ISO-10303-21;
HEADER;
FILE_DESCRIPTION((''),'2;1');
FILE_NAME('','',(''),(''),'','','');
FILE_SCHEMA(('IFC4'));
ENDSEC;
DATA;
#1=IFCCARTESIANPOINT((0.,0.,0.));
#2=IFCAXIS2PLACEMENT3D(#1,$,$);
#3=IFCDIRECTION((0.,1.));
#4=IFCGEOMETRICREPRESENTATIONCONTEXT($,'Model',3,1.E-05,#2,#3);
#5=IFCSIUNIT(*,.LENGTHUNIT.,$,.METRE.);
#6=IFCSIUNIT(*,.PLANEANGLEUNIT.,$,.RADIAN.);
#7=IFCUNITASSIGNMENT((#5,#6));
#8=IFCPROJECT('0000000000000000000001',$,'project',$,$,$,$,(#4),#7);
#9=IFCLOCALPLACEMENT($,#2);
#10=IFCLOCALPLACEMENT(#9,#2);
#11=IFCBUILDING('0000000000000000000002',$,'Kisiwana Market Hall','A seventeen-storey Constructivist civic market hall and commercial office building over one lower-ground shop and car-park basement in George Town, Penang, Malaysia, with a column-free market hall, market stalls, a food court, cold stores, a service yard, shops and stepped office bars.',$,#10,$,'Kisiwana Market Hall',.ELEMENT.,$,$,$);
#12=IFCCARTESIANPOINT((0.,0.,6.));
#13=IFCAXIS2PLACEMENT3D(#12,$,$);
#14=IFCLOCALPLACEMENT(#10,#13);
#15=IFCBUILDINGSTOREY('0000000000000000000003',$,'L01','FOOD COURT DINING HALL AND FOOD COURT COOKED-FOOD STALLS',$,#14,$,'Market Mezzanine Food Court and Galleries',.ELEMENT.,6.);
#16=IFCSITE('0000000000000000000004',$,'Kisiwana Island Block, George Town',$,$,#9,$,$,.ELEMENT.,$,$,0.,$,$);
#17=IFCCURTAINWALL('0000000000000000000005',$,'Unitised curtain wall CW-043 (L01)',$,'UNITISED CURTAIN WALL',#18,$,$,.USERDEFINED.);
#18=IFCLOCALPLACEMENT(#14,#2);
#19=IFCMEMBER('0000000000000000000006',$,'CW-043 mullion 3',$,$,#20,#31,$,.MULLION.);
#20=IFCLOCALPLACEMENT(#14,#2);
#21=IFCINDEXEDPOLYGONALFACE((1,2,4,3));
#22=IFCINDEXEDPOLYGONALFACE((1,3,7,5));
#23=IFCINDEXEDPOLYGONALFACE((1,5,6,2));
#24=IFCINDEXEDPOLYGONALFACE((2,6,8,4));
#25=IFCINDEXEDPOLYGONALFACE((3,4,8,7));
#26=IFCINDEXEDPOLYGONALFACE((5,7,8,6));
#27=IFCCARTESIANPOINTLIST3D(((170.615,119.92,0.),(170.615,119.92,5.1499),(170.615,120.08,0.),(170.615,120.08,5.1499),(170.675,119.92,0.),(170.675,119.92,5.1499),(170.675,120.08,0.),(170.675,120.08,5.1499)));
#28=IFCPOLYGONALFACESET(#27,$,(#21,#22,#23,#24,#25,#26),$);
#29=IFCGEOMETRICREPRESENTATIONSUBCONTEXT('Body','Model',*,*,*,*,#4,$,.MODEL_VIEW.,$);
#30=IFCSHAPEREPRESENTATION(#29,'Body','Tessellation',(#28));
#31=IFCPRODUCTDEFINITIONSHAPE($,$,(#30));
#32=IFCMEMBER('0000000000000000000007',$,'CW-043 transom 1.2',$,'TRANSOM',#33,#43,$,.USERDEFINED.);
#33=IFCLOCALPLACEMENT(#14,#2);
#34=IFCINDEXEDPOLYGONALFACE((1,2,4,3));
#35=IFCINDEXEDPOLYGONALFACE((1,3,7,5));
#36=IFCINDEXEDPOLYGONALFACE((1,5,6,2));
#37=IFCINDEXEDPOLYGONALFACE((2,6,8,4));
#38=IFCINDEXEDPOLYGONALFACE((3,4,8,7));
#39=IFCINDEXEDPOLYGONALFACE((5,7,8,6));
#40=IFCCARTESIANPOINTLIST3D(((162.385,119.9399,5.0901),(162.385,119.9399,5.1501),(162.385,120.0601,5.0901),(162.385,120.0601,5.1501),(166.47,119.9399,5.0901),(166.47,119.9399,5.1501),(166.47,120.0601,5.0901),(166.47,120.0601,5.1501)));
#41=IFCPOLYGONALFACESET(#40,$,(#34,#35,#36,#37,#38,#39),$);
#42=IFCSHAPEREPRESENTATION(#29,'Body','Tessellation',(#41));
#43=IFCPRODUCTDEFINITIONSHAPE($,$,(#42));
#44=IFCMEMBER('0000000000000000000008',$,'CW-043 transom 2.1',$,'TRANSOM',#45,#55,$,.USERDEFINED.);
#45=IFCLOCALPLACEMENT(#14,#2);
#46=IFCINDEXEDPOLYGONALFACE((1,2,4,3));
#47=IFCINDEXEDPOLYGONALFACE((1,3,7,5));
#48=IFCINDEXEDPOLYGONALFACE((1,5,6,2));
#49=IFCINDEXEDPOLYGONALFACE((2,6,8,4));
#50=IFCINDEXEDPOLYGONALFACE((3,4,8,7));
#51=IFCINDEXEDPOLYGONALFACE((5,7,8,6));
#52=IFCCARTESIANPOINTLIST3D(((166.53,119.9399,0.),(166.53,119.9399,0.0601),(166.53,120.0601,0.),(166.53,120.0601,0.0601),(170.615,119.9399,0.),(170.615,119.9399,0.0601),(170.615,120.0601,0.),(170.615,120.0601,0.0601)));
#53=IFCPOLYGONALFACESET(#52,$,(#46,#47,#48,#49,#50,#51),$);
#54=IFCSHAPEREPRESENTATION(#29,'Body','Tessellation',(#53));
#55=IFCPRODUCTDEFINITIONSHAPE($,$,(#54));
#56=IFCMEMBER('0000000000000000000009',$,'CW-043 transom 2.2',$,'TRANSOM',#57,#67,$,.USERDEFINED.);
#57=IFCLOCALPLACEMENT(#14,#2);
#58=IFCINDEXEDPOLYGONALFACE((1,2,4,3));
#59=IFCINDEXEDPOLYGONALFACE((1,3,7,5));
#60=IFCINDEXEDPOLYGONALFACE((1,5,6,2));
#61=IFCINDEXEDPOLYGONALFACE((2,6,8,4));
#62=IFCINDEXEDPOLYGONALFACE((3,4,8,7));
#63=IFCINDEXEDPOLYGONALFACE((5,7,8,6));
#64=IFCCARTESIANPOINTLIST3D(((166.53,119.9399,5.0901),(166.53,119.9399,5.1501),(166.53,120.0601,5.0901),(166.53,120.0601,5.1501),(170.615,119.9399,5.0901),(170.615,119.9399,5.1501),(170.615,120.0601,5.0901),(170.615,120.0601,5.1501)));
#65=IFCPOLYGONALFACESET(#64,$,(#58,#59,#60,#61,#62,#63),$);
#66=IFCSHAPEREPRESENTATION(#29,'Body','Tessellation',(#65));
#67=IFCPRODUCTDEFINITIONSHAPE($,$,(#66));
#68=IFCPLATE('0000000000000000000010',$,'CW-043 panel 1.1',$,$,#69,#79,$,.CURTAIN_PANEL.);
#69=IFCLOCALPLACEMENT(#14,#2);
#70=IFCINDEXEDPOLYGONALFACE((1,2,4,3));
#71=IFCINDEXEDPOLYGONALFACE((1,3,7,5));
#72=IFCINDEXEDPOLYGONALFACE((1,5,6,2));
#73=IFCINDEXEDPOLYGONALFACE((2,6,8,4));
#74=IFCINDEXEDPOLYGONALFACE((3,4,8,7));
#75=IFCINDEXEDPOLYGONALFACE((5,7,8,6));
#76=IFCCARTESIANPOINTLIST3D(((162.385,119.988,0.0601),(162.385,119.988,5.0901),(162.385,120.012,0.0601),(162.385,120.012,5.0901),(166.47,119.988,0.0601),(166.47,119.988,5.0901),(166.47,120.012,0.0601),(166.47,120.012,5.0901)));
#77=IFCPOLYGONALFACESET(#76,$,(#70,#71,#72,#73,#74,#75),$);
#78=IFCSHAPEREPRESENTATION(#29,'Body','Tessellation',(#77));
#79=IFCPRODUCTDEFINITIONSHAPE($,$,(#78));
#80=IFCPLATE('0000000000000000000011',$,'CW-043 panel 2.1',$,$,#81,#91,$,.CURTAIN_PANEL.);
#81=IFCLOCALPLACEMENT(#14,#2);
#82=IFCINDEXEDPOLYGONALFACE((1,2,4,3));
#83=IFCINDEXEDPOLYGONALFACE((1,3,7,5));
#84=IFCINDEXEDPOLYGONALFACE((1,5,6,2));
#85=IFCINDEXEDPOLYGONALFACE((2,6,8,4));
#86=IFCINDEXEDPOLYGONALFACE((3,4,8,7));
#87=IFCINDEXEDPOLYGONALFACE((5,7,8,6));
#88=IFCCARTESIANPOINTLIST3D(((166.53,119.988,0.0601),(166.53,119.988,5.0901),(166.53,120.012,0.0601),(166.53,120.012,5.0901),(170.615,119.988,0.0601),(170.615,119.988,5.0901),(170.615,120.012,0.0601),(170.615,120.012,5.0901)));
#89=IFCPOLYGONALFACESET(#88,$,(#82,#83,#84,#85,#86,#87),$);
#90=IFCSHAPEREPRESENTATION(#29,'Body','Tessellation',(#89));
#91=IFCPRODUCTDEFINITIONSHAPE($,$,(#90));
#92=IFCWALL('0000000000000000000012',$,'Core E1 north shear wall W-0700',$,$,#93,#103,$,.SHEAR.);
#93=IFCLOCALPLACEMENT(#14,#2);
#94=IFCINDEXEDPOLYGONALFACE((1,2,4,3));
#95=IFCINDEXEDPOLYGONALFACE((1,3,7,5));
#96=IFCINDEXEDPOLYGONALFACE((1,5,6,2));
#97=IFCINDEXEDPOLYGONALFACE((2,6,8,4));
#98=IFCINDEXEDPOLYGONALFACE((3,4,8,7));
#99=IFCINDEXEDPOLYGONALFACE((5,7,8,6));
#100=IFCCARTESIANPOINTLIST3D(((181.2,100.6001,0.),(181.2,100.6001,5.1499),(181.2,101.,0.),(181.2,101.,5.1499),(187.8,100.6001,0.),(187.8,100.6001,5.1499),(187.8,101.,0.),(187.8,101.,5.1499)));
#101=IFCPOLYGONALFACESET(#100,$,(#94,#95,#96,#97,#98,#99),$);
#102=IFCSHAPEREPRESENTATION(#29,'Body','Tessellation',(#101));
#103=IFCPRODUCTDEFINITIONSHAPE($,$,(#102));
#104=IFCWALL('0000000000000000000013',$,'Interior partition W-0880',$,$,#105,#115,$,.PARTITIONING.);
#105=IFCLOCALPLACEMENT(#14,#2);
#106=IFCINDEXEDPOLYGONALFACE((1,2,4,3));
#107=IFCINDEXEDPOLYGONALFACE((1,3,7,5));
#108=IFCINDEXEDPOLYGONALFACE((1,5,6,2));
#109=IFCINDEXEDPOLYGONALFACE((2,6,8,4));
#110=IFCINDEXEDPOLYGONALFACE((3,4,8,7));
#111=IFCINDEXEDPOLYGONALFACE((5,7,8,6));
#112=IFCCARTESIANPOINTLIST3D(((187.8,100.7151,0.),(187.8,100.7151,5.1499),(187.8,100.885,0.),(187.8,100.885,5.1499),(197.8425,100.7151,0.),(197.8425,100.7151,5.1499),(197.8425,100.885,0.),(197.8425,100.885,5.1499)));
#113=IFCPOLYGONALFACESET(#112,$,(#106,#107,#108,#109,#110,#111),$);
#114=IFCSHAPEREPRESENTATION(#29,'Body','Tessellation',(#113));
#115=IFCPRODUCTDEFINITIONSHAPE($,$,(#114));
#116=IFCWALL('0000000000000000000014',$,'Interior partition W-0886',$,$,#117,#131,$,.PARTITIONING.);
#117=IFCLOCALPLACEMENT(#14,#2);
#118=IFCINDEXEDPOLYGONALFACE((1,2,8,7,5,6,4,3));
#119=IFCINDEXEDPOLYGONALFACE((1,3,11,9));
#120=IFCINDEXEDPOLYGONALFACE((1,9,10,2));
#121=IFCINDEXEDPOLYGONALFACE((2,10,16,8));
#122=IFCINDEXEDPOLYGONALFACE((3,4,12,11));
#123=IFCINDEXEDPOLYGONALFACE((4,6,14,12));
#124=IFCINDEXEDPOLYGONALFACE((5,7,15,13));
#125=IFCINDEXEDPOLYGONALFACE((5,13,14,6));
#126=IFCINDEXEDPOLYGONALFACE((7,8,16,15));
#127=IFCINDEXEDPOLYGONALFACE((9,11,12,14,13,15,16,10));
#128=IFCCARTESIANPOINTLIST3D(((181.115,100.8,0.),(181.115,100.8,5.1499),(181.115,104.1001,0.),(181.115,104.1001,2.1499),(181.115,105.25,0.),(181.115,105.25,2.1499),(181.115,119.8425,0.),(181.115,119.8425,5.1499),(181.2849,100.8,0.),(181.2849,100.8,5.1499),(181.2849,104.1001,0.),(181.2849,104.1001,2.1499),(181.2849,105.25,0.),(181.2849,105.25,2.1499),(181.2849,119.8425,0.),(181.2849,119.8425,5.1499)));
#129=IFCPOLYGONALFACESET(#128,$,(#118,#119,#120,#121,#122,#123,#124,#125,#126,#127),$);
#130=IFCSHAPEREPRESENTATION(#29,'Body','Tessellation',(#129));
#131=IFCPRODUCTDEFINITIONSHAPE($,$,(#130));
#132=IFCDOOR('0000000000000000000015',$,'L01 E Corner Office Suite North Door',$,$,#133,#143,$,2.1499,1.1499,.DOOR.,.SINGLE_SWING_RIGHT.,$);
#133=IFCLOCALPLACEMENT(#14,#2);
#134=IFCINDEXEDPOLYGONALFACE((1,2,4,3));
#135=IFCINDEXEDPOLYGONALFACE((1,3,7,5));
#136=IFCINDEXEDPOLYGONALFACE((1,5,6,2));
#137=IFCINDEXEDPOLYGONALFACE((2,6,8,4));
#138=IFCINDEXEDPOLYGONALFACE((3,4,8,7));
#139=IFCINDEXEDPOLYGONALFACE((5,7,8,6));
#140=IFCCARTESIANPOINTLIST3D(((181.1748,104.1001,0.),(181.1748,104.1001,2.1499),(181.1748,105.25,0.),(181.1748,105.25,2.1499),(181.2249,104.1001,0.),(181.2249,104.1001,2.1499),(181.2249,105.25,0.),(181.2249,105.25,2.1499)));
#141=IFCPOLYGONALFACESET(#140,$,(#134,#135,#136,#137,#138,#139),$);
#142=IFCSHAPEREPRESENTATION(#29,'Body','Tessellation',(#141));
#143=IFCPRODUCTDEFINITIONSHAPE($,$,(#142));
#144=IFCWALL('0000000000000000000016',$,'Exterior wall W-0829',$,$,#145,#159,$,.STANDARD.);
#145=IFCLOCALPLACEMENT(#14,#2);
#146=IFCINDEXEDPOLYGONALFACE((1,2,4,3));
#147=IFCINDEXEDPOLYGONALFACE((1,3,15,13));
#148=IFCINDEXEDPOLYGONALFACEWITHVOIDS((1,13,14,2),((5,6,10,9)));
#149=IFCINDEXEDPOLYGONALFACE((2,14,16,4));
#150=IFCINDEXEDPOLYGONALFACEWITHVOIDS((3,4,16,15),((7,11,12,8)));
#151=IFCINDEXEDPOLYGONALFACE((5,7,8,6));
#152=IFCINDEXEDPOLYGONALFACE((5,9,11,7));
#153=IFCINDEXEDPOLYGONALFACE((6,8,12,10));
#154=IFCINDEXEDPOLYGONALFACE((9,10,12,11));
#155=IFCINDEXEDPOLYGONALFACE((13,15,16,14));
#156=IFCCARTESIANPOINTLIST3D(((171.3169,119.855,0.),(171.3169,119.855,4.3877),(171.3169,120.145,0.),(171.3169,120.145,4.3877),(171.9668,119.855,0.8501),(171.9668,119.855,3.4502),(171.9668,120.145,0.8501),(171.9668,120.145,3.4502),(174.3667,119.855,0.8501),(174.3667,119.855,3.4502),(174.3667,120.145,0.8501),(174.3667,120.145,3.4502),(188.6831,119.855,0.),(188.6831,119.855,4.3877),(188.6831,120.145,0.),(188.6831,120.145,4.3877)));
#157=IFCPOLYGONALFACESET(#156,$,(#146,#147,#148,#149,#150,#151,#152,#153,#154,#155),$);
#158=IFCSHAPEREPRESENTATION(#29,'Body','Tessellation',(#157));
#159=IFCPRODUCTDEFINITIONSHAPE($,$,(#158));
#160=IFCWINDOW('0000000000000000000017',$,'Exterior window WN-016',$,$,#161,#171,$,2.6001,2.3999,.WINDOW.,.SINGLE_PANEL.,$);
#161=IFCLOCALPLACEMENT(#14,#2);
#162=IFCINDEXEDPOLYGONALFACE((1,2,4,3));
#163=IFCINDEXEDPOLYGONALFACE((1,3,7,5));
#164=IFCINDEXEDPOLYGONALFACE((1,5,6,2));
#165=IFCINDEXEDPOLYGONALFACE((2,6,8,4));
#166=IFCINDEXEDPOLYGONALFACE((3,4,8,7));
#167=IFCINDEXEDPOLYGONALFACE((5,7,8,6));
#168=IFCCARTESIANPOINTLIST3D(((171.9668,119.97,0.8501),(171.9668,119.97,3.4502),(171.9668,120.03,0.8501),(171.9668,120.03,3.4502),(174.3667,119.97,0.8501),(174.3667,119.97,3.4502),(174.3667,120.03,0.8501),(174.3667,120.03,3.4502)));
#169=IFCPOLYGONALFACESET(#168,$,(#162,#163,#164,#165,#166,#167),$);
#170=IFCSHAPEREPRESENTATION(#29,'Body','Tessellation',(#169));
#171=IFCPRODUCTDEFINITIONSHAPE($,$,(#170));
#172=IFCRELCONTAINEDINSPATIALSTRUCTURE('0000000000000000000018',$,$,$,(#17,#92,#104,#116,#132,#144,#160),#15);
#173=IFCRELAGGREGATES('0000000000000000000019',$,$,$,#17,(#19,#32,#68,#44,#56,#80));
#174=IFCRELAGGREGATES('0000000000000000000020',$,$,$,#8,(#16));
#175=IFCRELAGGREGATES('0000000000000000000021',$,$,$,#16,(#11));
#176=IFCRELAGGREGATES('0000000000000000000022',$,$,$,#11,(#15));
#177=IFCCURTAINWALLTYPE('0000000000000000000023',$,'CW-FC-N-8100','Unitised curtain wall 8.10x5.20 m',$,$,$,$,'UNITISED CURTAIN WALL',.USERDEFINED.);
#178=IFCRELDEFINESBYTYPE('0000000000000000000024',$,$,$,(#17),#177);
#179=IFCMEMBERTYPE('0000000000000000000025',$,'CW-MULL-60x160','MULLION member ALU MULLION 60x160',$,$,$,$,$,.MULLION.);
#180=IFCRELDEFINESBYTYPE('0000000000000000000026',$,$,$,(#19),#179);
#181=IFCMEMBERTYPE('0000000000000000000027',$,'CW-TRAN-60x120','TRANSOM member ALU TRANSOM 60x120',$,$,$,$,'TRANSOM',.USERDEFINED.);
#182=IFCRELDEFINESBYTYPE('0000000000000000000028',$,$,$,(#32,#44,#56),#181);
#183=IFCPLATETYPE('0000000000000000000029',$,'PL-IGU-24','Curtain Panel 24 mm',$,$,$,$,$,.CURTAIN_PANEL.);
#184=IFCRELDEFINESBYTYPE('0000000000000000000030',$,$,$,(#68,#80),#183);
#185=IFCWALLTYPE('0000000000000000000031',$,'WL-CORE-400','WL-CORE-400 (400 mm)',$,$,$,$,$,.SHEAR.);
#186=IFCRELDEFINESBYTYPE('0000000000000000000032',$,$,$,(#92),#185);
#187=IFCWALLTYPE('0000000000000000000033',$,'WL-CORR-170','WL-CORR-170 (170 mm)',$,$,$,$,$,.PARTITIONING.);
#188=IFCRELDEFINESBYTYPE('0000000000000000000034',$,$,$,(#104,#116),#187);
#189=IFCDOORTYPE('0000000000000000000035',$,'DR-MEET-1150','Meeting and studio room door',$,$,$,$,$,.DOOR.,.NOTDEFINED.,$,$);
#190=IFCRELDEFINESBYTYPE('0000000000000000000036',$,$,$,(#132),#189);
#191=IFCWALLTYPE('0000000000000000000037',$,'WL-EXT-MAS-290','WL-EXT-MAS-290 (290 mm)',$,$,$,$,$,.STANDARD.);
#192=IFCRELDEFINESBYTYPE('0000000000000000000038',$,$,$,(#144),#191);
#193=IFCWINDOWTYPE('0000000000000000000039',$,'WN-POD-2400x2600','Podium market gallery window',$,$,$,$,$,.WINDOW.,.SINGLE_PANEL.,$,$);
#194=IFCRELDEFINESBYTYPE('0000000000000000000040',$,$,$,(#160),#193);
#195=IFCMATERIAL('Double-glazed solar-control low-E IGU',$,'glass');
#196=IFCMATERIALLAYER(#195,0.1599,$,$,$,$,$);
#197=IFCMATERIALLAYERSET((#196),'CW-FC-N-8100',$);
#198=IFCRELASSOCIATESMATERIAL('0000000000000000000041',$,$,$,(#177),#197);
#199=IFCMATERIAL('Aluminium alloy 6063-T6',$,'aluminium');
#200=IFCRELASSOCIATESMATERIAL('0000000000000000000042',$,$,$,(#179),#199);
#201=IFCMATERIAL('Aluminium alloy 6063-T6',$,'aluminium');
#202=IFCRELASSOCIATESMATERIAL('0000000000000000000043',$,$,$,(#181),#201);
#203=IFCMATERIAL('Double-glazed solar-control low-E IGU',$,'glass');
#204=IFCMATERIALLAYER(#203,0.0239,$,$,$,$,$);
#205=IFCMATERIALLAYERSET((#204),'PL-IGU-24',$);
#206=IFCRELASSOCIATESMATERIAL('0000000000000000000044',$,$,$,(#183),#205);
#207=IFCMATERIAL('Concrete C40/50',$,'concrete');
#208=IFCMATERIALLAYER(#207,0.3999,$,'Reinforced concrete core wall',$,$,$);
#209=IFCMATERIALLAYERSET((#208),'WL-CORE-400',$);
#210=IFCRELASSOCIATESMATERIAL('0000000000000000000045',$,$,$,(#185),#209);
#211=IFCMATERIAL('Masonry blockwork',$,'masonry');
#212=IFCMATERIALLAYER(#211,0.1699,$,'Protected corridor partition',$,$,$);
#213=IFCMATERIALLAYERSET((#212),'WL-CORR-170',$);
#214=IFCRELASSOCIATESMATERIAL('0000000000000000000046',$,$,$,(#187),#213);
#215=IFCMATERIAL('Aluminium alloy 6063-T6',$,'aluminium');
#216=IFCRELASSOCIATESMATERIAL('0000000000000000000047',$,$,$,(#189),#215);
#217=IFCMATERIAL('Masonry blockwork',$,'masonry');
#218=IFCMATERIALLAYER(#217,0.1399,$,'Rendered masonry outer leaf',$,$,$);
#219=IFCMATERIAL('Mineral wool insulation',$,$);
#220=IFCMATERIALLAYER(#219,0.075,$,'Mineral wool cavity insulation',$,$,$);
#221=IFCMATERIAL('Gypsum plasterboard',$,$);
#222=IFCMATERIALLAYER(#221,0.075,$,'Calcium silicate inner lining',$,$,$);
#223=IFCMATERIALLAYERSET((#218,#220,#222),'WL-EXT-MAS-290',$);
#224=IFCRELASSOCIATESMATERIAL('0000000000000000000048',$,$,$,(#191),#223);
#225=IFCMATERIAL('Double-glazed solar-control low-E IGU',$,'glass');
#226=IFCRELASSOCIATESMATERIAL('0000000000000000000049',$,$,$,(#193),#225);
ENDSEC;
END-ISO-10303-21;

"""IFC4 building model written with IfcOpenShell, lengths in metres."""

from ifc_helpers import new_model, si_unit, direction, frame, frame_2d, origin, origin_2d, place, context, subcontext, project, spatial, rectangle, extrude, material, layer, layer_set, material_profile, profile_set, type_object, element, fill, aggregate, save


model = new_model("IFC4")

# Units and contexts
model_context = context("Model", 3, precision=1e-05, world=origin(), true_north=direction((0.0, 1.0)))
body_context = subcontext(model_context, "Body", "Model", "MODEL_VIEW")
ifc_project = project(units=[si_unit("LENGTHUNIT", "METRE"), si_unit("PLANEANGLEUNIT", "RADIAN")], contexts=[model_context])

# Site, building, storey
site_placement = place(None, origin())
site = spatial("IfcSite", under=ifc_project, at=site_placement, Name="Kisiwana Island Block, George Town", CompositionType="ELEMENT", RefElevation=0.0)
building_placement = place(site_placement, origin())
building = spatial("IfcBuilding", under=site, at=building_placement, Name="Kisiwana Market Hall", Description="A seventeen-storey Constructivist civic market hall and commercial office building over one lower-ground shop and car-park basement in George Town, Penang, Malaysia, with a column-free market hall, market stalls, a food court, cold stores, a service yard, shops and stepped office bars.", LongName="Kisiwana Market Hall", CompositionType="ELEMENT")
storey_placement = place(building_placement, frame((0.0, 0.0, 6.0)))
storey = spatial("IfcBuildingStorey", under=building, at=storey_placement, Name="L01", Description="FOOD COURT DINING HALL AND FOOD COURT COOKED-FOOD STALLS", LongName="Market Mezzanine Food Court and Galleries", CompositionType="ELEMENT", Elevation=6.0)

# Curtain wall, members, plates
ifc_material_1 = material(Name="Double-glazed solar-control low-E IGU", Category="glass")
ifc_layer_1 = layer(ifc_material_1, 0.1599)
ifc_layer_set_1 = layer_set([ifc_layer_1], Name="CW-FC-N-8100")
curtain_wall_type = type_object("IfcCurtainWallType", Name="CW-FC-N-8100", Description="Unitised curtain wall 8.10x5.20 m", ElementType="UNITISED CURTAIN WALL", PredefinedType="USERDEFINED", material=ifc_layer_set_1)
curtain_wall_placement = place(storey_placement, origin())
curtain_wall = element("IfcCurtainWall", 1, at=curtain_wall_placement, inside=storey, type_object=curtain_wall_type, Name="Unitised curtain wall CW-043 (L01)", ObjectType="UNITISED CURTAIN WALL", PredefinedType="USERDEFINED")
ifc_material_2 = material(Name="Aluminium alloy 6063-T6", Category="aluminium")
ifc_material_profile_1 = material_profile(ifc_material_2, rectangle(XDim=0.0601, YDim=0.1599, at=origin_2d()), Name="ALU MULLION 60x160")
ifc_profile_set_1 = profile_set([ifc_material_profile_1], Name="Aluminium alloy 6063-T6")
member_type_1 = type_object("IfcMemberType", Name="CW-MULL-60x160", Description="MULLION member ALU MULLION 60x160", PredefinedType="MULLION", material=ifc_profile_set_1)
member_1_placement = place(storey_placement, frame((170.645, 120.0, 0.0), z_axis=(0.0, 0.0, 1.0), x_axis=(1.0, 0.0, 0.0)))
member_1 = element("IfcMember", 2, at=member_1_placement, type_object=member_type_1, Name="CW-043 mullion 3", PredefinedType="MULLION", context=body_context, shape_type="SweptSolid", body=[
    extrude(rectangle(XDim=0.0601, YDim=0.1599, at=origin_2d()), origin(), (0.0, 0.0, 1.0), 5.1499),
])
ifc_material_3 = material(Name="Aluminium alloy 6063-T6", Category="aluminium")
ifc_material_profile_2 = material_profile(ifc_material_3, rectangle(XDim=0.1201, YDim=0.0601, at=origin_2d()), Name="ALU TRANSOM 60x120")
ifc_profile_set_2 = profile_set([ifc_material_profile_2], Name="Aluminium alloy 6063-T6")
member_type_2 = type_object("IfcMemberType", Name="CW-TRAN-60x120", Description="TRANSOM member ALU TRANSOM 60x120", ElementType="TRANSOM", PredefinedType="USERDEFINED", material=ifc_profile_set_2)
member_2_placement = place(storey_placement, frame((162.385, 120.0, 5.1201), z_axis=(1.0, 0.0, 0.0), x_axis=(0.0, 1.0, 0.0)))
member_2 = element("IfcMember", 3, at=member_2_placement, type_object=member_type_2, Name="CW-043 transom 1.2", ObjectType="TRANSOM", PredefinedType="USERDEFINED", context=body_context, shape_type="SweptSolid", body=[
    extrude(rectangle(XDim=0.1201, YDim=0.0601, at=origin_2d()), origin(), (0.0, 0.0, 1.0), 4.085),
])
member_3_placement = place(storey_placement, frame((166.53, 120.0, 0.03), z_axis=(1.0, 0.0, 0.0), x_axis=(0.0, 1.0, 0.0)))
member_3 = element("IfcMember", 4, at=member_3_placement, type_object=member_type_2, Name="CW-043 transom 2.1", ObjectType="TRANSOM", PredefinedType="USERDEFINED", context=body_context, shape_type="SweptSolid", body=[
    extrude(rectangle(XDim=0.1201, YDim=0.0601, at=origin_2d()), origin(), (0.0, 0.0, 1.0), 4.085),
])
member_4_placement = place(storey_placement, frame((166.53, 120.0, 5.1201), z_axis=(1.0, 0.0, 0.0), x_axis=(0.0, 1.0, 0.0)))
member_4 = element("IfcMember", 5, at=member_4_placement, type_object=member_type_2, Name="CW-043 transom 2.2", ObjectType="TRANSOM", PredefinedType="USERDEFINED", context=body_context, shape_type="SweptSolid", body=[
    extrude(rectangle(XDim=0.1201, YDim=0.0601, at=origin_2d()), origin(), (0.0, 0.0, 1.0), 4.085),
])
ifc_material_4 = material(Name="Double-glazed solar-control low-E IGU", Category="glass")
ifc_layer_2 = layer(ifc_material_4, 0.0239)
ifc_layer_set_2 = layer_set([ifc_layer_2], Name="PL-IGU-24")
plate_type = type_object("IfcPlateType", Name="PL-IGU-24", Description="Curtain Panel 24 mm", PredefinedType="CURTAIN_PANEL", material=ifc_layer_set_2)
plate_1_placement = place(storey_placement, frame((164.4275, 120.0, 0.0601), z_axis=(0.0, 0.0, 1.0), x_axis=(1.0, 0.0, 0.0)))
plate_1 = element("IfcPlate", 6, at=plate_1_placement, type_object=plate_type, Name="CW-043 panel 1.1", PredefinedType="CURTAIN_PANEL", context=body_context, shape_type="SweptSolid", body=[
    extrude(rectangle(XDim=4.085, YDim=0.0239, at=origin_2d()), origin(), (0.0, 0.0, 1.0), 5.03),
])
plate_2_placement = place(storey_placement, frame((168.5725, 120.0, 0.0601), z_axis=(0.0, 0.0, 1.0), x_axis=(1.0, 0.0, 0.0)))
plate_2 = element("IfcPlate", 7, at=plate_2_placement, type_object=plate_type, Name="CW-043 panel 2.1", PredefinedType="CURTAIN_PANEL", context=body_context, shape_type="SweptSolid", body=[
    extrude(rectangle(XDim=4.085, YDim=0.0239, at=origin_2d()), origin(), (0.0, 0.0, 1.0), 5.03),
])
aggregate(curtain_wall, [member_1, member_2, plate_1, member_3, member_4, plate_2])

# Walls
ifc_material_5 = material(Name="Concrete C40/50", Category="concrete")
ifc_layer_3 = layer(ifc_material_5, 0.3999, Name="Reinforced concrete core wall")
ifc_layer_set_3 = layer_set([ifc_layer_3], Name="WL-CORE-400")
wall_type_1 = type_object("IfcWallType", Name="WL-CORE-400", Description="WL-CORE-400 (400 mm)", PredefinedType="SHEAR", material=ifc_layer_set_3)
wall_1_placement = place(storey_placement, frame((181.2, 100.8, 0.0), z_axis=(0.0, 0.0, 1.0), x_axis=(1.0, 0.0, 0.0)))
element("IfcWall", 8, at=wall_1_placement, inside=storey, type_object=wall_type_1, Name="Core E1 north shear wall W-0700", PredefinedType="SHEAR", context=body_context, shape_type="SweptSolid", body=[
    extrude(rectangle(XDim=6.6001, YDim=0.3999, at=frame_2d((3.3, 0.0))), origin(), (0.0, 0.0, 1.0), 5.1499),
])
ifc_material_6 = material(Name="Masonry blockwork", Category="masonry")
ifc_layer_4 = layer(ifc_material_6, 0.1699, Name="Protected corridor partition")
ifc_layer_set_4 = layer_set([ifc_layer_4], Name="WL-CORR-170")
wall_type_2 = type_object("IfcWallType", Name="WL-CORR-170", Description="WL-CORR-170 (170 mm)", PredefinedType="PARTITIONING", material=ifc_layer_set_4)
wall_2_placement = place(storey_placement, frame((187.8, 100.8, 0.0), z_axis=(0.0, 0.0, 1.0), x_axis=(1.0, 0.0, 0.0)))
element("IfcWall", 9, at=wall_2_placement, inside=storey, type_object=wall_type_2, Name="Interior partition W-0880", PredefinedType="PARTITIONING", context=body_context, shape_type="SweptSolid", body=[
    extrude(rectangle(XDim=10.0425, YDim=0.1699, at=frame_2d((5.0212, 0.0))), origin(), (0.0, 0.0, 1.0), 5.1499),
])

# Wall, opening, door
wall_3_placement = place(storey_placement, frame((181.2, 100.8, 0.0), z_axis=(0.0, 0.0, 1.0), x_axis=(0.0, 1.0, 0.0)))
wall_3 = element("IfcWall", 10, at=wall_3_placement, inside=storey, type_object=wall_type_2, Name="Interior partition W-0886", PredefinedType="PARTITIONING", context=body_context, shape_type="SweptSolid", body=[
    extrude(rectangle(XDim=19.0425, YDim=0.1699, at=frame_2d((9.5212, 0.0))), origin(), (0.0, 0.0, 1.0), 5.1499),
])
opening_1_placement = place(wall_3_placement, frame((3.3, 0.0, 0.0)))
opening_1 = element("IfcOpeningElement", 11, at=opening_1_placement, cuts=wall_3, PredefinedType="OPENING", context=body_context, shape_type="SweptSolid", body=[
    extrude(rectangle(XDim=1.1499, YDim=2.1499, at=frame_2d((0.575, 1.075))), frame((0.0, 0.0969, 0.0), z_axis=(0.0, -1.0, 0.0), x_axis=(1.0, 0.0, 0.0)), (0.0, 0.0, 1.0), 0.1938),
])
ifc_material_7 = material(Name="Aluminium alloy 6063-T6", Category="aluminium")
door_type = type_object("IfcDoorType", Name="DR-MEET-1150", Description="Meeting and studio room door", OperationType="NOTDEFINED", PredefinedType="DOOR", material=ifc_material_7)
door_placement = place(opening_1_placement, frame((1.1499, 0.0, 0.0), z_axis=(0.0, 0.0, 1.0), x_axis=(-1.0, 0.0, 0.0)))
door = element("IfcDoor", 12, at=door_placement, inside=storey, type_object=door_type, Name="L01 E Corner Office Suite North Door", OperationType="SINGLE_SWING_RIGHT", OverallHeight=2.1499, OverallWidth=1.1499, PredefinedType="DOOR", context=body_context, shape_type="SweptSolid", body=[
    extrude(rectangle(XDim=1.1499, YDim=2.1499, at=frame_2d((0.575, 1.075))), frame((0.0, 0.0249, 0.0), z_axis=(0.0, -1.0, 0.0), x_axis=(1.0, 0.0, 0.0)), (0.0, 0.0, 1.0), 0.05),
])
fill(opening_1, door)

# Wall, opening, window
ifc_material_8 = material(Name="Masonry blockwork", Category="masonry")
ifc_layer_5 = layer(ifc_material_8, 0.1399, Name="Rendered masonry outer leaf")
ifc_material_9 = material(Name="Mineral wool insulation")
ifc_layer_6 = layer(ifc_material_9, 0.075, Name="Mineral wool cavity insulation")
ifc_material_10 = material(Name="Gypsum plasterboard")
ifc_layer_7 = layer(ifc_material_10, 0.075, Name="Calcium silicate inner lining")
ifc_layer_set_5 = layer_set([ifc_layer_5, ifc_layer_6, ifc_layer_7], Name="WL-EXT-MAS-290")
wall_type_3 = type_object("IfcWallType", Name="WL-EXT-MAS-290", Description="WL-EXT-MAS-290 (290 mm)", PredefinedType="STANDARD", material=ifc_layer_set_5)
wall_4_placement = place(storey_placement, frame((171.3169, 120.0, 0.0), z_axis=(0.0, 0.0, 1.0), x_axis=(1.0, 0.0, 0.0)))
wall_4 = element("IfcWall", 13, at=wall_4_placement, inside=storey, type_object=wall_type_3, Name="Exterior wall W-0829", PredefinedType="STANDARD", context=body_context, shape_type="SweptSolid", body=[
    extrude(rectangle(XDim=17.3662, YDim=0.29, at=frame_2d((8.6831, 0.0))), origin(), (0.0, 0.0, 1.0), 4.3877),
])
opening_2_placement = place(wall_4_placement, frame((0.6499, 0.0, 0.8501)))
opening_2 = element("IfcOpeningElement", 14, at=opening_2_placement, cuts=wall_4, PredefinedType="OPENING", context=body_context, shape_type="SweptSolid", body=[
    extrude(rectangle(XDim=2.3999, YDim=2.6001, at=frame_2d((1.2, 1.3))), frame((0.0, 0.157, 0.0), z_axis=(0.0, -1.0, 0.0), x_axis=(1.0, 0.0, 0.0)), (0.0, 0.0, 1.0), 0.314),
])
ifc_material_11 = material(Name="Double-glazed solar-control low-E IGU", Category="glass")
window_type = type_object("IfcWindowType", Name="WN-POD-2400x2600", Description="Podium market gallery window", PartitioningType="SINGLE_PANEL", PredefinedType="WINDOW", material=ifc_material_11)
window_placement = place(opening_2_placement, origin())
window = element("IfcWindow", 15, at=window_placement, inside=storey, type_object=window_type, Name="Exterior window WN-016", OverallHeight=2.6001, OverallWidth=2.3999, PartitioningType="SINGLE_PANEL", PredefinedType="WINDOW", context=body_context, shape_type="SweptSolid", body=[
    extrude(rectangle(XDim=2.3999, YDim=2.6001, at=frame_2d((1.2, 1.3))), frame((0.0, 0.03, 0.0), z_axis=(0.0, -1.0, 0.0), x_axis=(1.0, 0.0, 0.0)), (0.0, 0.0, 1.0), 0.0601),
])
fill(opening_2, window)

save(model, "model.ifc")
